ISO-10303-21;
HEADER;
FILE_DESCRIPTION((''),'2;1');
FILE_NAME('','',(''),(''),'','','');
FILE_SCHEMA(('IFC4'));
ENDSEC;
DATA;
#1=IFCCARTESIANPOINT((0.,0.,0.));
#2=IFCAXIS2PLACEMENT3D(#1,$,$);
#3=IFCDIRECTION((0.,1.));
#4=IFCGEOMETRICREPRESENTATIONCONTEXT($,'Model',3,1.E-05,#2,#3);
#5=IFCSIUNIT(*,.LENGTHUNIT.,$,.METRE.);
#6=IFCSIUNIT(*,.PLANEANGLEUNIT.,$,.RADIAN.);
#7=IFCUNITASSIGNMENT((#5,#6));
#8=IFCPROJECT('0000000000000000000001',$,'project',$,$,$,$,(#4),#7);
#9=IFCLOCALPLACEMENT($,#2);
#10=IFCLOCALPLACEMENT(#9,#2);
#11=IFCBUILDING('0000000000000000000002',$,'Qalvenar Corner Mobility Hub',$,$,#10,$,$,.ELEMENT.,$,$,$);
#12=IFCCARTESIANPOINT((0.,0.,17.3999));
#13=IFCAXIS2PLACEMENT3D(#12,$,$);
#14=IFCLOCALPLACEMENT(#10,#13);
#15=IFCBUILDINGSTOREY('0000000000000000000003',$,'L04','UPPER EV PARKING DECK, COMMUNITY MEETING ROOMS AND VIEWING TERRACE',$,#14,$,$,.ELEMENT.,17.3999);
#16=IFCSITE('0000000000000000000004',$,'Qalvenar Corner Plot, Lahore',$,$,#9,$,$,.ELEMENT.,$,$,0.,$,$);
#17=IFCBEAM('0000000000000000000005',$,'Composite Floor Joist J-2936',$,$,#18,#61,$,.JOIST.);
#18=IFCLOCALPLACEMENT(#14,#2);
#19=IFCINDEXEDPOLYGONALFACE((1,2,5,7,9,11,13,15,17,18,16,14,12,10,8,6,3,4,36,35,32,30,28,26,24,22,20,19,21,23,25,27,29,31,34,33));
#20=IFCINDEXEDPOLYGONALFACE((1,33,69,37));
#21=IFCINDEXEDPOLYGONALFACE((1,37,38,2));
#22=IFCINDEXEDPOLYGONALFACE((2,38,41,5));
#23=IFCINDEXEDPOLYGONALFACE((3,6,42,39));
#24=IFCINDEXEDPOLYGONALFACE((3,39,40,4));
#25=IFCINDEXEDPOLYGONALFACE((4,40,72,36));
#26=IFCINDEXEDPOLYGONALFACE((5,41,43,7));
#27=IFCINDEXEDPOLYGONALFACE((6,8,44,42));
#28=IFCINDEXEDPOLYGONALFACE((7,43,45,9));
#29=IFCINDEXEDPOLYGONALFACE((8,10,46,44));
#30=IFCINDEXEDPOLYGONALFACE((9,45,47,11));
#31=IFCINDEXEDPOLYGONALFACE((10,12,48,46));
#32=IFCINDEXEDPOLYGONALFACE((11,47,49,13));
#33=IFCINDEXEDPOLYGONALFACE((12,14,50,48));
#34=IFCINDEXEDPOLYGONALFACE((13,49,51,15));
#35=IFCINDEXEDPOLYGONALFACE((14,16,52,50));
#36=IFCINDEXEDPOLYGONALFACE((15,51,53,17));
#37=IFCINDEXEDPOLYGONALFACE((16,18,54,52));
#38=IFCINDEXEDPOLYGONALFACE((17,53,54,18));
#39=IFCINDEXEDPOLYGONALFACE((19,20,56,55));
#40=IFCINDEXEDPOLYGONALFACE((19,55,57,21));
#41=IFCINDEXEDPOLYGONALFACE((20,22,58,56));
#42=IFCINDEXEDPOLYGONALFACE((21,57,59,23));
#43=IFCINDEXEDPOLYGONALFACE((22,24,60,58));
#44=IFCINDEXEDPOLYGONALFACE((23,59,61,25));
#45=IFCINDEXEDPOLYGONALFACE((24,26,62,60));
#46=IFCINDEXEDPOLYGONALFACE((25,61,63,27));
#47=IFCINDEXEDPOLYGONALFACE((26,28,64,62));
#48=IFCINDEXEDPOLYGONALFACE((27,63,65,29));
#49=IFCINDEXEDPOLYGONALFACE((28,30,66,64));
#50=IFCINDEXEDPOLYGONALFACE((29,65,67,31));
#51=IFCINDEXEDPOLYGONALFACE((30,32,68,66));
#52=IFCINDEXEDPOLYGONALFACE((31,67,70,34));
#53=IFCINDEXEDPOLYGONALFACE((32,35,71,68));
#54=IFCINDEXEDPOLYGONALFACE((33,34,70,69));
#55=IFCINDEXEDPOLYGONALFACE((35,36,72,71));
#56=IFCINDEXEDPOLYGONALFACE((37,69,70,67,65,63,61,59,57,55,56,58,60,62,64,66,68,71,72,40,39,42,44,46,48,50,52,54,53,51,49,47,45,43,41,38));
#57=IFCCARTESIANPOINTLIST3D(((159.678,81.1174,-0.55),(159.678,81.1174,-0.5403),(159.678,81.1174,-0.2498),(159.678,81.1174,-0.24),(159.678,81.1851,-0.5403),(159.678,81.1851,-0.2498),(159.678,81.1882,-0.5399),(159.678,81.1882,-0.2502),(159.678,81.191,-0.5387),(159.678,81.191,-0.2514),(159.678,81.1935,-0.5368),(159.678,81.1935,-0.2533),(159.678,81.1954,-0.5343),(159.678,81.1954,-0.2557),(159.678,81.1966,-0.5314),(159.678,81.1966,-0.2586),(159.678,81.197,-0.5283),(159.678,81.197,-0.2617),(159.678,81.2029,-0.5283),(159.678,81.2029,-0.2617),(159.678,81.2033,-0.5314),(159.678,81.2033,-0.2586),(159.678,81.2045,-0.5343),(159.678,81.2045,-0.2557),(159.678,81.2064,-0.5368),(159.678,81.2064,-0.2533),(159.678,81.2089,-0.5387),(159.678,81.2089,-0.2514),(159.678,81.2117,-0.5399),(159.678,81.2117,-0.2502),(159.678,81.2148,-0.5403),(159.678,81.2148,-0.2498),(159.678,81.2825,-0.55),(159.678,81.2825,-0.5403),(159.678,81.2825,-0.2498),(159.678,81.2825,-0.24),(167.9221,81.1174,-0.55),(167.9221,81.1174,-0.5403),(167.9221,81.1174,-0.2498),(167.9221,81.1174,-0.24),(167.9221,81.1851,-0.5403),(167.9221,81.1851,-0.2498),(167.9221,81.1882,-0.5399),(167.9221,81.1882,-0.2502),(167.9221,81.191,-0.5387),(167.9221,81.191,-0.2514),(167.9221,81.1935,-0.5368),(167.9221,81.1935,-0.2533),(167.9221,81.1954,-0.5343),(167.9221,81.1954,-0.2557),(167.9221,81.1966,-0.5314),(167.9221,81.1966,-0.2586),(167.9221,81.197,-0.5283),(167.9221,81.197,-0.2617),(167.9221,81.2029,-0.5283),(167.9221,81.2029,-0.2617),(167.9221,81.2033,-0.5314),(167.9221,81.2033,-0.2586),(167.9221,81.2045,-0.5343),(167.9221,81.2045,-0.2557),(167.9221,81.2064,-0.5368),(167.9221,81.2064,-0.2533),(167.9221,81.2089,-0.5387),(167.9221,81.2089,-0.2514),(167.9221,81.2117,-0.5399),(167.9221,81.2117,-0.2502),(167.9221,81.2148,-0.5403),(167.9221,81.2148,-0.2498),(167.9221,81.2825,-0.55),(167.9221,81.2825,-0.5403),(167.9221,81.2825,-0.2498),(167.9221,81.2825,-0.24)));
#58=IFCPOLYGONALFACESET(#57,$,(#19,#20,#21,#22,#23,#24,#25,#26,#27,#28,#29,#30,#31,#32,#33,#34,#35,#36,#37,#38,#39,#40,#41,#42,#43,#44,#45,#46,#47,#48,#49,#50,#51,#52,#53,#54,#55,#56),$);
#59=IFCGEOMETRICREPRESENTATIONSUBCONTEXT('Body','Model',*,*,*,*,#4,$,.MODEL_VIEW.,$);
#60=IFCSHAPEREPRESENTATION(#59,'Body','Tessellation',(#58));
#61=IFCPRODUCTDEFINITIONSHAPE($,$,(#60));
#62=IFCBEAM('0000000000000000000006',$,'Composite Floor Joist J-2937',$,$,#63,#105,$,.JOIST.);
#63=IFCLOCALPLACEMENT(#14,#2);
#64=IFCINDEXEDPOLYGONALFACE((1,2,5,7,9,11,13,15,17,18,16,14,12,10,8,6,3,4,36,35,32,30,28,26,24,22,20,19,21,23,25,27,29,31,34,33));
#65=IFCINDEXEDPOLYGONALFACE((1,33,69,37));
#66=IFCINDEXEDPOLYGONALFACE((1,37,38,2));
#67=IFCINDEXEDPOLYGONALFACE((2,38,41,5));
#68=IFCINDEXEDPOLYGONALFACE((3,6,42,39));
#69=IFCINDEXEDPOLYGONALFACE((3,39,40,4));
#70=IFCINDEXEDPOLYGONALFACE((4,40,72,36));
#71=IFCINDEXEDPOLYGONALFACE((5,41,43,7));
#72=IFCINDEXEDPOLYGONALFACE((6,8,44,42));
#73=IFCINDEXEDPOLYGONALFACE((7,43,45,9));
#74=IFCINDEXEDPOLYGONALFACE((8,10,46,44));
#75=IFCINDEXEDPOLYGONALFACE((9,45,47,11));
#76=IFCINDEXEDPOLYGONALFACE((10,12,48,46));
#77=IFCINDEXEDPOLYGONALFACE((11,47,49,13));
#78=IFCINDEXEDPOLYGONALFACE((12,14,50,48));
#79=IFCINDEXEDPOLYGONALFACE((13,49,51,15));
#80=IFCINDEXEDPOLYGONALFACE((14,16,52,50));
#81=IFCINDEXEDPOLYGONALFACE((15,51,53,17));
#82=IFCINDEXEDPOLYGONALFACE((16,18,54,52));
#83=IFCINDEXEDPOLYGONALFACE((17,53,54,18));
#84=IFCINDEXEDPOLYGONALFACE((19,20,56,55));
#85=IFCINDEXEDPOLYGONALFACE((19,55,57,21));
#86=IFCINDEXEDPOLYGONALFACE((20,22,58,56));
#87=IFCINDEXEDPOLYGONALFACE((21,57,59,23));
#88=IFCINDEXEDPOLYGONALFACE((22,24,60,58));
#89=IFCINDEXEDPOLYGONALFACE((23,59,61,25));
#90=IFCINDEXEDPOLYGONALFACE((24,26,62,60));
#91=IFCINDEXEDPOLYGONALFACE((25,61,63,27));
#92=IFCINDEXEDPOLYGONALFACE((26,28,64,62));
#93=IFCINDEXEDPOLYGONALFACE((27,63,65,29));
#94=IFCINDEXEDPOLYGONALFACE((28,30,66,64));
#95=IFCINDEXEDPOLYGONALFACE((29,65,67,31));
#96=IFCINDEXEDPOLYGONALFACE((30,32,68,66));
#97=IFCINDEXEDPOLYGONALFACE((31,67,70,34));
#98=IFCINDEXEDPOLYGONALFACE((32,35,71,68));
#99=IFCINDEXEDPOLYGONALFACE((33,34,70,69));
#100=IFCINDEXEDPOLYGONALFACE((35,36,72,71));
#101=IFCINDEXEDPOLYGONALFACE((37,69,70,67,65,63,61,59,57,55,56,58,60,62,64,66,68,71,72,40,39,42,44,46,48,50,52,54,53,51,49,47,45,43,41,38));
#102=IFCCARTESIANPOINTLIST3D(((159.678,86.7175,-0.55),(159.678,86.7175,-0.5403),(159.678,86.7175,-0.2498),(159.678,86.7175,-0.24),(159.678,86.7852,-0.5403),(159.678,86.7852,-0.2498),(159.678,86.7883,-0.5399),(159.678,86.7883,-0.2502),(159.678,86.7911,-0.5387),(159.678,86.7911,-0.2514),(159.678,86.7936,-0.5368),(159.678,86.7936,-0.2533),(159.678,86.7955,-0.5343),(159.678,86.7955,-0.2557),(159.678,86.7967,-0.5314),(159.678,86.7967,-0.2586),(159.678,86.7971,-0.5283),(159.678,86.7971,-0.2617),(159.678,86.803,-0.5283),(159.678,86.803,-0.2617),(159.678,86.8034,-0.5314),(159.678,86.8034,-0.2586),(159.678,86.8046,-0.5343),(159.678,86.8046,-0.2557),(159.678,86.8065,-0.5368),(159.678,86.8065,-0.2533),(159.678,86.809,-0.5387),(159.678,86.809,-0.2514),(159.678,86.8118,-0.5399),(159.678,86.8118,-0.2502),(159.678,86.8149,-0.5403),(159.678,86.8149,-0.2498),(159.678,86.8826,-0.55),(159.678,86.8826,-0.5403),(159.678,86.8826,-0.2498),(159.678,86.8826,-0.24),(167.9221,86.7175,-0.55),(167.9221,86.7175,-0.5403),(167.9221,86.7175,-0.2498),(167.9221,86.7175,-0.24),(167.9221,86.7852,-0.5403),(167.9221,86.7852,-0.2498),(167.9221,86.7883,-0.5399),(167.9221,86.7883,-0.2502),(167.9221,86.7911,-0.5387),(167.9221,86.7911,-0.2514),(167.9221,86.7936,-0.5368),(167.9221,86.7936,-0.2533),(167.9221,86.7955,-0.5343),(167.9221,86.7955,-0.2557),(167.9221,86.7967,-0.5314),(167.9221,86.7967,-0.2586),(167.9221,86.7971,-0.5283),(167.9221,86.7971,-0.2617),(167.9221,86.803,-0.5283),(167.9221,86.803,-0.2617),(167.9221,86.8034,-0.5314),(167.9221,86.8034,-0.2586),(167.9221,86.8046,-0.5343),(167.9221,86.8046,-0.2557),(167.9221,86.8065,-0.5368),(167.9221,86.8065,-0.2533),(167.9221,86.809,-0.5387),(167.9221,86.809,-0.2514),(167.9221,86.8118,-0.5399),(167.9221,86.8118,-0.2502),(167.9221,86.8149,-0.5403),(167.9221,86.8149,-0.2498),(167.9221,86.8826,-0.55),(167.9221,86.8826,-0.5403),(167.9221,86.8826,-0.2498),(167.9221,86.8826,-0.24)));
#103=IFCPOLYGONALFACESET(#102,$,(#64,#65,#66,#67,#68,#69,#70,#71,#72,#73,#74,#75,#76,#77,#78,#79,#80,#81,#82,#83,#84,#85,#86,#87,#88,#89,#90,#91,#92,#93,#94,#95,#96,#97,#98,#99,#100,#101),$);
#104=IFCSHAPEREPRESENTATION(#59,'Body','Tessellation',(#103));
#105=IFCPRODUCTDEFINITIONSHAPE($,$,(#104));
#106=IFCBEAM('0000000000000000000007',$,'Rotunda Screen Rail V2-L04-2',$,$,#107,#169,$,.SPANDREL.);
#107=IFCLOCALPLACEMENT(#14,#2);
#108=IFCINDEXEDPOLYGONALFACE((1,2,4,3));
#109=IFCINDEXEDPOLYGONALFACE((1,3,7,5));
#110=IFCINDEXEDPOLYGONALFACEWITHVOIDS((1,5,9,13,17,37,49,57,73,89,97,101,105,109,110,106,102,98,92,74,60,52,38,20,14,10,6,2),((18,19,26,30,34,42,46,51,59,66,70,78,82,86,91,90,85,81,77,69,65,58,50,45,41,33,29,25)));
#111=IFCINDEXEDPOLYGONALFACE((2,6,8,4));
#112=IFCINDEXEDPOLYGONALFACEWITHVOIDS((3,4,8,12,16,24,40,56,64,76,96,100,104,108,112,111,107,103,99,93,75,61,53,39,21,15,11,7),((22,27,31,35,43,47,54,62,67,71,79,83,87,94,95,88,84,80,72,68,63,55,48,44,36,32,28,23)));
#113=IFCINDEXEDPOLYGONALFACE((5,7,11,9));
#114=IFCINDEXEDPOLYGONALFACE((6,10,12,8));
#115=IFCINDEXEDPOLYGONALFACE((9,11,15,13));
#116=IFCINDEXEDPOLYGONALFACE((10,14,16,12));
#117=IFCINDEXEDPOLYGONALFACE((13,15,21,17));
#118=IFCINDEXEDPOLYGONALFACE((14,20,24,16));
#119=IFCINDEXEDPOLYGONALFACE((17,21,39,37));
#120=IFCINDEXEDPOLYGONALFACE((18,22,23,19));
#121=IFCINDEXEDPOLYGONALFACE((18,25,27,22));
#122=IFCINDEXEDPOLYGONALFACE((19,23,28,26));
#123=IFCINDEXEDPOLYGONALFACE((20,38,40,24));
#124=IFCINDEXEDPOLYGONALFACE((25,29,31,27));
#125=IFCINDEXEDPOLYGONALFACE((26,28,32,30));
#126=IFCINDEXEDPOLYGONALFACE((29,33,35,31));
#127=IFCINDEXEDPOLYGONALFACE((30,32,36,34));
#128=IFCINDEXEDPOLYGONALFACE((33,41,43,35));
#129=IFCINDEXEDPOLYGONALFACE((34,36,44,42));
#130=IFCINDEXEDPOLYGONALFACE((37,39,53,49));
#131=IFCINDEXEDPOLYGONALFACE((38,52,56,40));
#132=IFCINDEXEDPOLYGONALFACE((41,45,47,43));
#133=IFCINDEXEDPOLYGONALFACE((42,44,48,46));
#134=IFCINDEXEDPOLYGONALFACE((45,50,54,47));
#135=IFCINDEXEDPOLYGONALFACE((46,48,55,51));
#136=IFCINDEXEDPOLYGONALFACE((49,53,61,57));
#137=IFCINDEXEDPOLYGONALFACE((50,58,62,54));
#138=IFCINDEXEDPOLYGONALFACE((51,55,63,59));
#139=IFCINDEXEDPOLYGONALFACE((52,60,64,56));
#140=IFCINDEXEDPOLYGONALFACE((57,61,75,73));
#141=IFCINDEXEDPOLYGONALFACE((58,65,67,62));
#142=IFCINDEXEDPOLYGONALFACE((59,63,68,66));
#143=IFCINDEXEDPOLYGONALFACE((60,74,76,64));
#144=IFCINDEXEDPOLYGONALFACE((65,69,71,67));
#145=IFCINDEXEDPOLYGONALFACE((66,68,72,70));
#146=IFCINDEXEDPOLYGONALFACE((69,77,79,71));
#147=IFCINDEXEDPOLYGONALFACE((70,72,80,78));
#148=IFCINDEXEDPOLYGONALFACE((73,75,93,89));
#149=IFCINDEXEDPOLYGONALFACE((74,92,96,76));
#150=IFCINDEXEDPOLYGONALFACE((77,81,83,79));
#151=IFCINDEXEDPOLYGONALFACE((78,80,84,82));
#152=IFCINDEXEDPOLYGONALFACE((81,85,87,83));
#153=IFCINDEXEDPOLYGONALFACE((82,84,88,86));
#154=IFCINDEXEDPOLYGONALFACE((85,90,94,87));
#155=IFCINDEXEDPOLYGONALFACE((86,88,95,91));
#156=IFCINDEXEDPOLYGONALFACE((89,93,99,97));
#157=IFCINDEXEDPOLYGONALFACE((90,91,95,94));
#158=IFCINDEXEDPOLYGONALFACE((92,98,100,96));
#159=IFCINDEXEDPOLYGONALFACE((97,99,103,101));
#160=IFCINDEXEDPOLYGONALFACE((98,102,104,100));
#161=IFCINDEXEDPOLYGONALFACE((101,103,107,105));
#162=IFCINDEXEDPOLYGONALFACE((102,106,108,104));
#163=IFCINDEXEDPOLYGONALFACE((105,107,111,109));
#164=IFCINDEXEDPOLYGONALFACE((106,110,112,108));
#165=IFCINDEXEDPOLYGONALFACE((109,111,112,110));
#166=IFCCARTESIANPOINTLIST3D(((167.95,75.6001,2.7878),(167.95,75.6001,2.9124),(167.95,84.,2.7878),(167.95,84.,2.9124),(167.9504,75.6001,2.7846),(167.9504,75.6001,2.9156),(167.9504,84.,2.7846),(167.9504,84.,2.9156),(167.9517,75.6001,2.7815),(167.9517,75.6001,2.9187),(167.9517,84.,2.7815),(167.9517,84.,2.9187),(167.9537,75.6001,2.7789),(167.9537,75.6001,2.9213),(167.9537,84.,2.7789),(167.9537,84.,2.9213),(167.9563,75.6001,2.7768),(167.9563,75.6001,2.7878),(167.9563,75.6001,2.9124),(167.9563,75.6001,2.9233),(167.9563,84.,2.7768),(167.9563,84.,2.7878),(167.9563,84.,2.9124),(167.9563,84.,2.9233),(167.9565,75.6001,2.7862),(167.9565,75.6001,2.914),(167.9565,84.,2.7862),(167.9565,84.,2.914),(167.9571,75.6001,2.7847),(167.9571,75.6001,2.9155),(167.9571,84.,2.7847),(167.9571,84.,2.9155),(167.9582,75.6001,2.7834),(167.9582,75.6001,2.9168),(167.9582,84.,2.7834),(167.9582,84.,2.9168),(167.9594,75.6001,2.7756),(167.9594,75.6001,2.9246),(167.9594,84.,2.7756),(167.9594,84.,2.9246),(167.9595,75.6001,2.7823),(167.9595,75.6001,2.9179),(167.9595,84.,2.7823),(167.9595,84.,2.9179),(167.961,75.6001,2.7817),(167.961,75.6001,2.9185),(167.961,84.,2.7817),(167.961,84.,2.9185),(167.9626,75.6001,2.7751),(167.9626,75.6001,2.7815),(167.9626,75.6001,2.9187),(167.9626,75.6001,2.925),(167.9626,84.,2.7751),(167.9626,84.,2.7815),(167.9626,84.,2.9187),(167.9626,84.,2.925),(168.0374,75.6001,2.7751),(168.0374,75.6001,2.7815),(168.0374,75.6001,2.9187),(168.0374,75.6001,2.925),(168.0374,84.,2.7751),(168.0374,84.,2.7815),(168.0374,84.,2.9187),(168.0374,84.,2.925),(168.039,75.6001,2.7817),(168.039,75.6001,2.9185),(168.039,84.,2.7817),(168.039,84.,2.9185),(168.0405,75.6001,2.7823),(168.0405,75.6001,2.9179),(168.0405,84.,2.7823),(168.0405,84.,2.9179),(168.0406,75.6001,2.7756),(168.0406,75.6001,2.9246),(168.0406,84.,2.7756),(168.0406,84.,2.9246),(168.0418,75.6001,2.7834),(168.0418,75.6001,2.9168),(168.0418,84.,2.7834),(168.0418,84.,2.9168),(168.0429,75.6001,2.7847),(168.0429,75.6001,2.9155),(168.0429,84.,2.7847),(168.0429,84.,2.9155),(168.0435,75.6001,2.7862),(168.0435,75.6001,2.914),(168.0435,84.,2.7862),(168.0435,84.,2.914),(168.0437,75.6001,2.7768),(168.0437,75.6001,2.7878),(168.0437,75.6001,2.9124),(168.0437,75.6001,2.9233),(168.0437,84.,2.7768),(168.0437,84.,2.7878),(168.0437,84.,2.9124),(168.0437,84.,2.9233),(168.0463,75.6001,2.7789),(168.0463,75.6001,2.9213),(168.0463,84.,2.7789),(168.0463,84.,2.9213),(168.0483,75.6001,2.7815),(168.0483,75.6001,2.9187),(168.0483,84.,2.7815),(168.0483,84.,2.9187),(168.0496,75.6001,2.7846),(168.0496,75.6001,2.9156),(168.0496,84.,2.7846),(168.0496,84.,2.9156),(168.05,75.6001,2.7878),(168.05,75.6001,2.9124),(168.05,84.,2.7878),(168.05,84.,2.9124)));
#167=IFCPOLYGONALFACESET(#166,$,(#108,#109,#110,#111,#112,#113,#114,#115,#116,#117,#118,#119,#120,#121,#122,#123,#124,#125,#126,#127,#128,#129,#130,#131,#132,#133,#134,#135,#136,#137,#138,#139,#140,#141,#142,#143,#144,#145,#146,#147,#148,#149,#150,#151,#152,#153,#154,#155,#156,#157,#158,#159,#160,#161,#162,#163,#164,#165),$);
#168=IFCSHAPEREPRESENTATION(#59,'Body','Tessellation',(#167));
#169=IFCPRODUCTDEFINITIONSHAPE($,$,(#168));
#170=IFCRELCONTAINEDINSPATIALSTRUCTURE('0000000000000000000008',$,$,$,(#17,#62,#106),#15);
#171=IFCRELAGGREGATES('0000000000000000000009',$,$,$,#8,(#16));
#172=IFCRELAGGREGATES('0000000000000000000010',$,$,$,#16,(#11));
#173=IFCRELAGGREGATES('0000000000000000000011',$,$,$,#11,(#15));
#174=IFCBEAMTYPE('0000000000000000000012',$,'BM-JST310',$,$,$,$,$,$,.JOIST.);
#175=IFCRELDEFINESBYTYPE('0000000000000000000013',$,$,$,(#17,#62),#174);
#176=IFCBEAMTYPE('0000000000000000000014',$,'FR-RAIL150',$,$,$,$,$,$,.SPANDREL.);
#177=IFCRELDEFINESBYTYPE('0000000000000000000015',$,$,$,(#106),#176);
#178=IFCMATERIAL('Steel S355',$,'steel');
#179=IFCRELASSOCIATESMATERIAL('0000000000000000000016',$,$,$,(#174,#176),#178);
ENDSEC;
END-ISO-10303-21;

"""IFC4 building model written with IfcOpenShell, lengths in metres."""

from ifc_helpers import new_model, si_unit, direction, frame, origin, origin_2d, place, context, subcontext, project, spatial, hollow_rectangle, i_section, extrude, material, material_profile, profile_set, type_object, element, save


model = new_model("IFC4")

# Units and contexts
model_context = context("Model", 3, precision=1e-05, world=origin(), true_north=direction((0.0, 1.0)))
body_context = subcontext(model_context, "Body", "Model", "MODEL_VIEW")
ifc_project = project(units=[si_unit("LENGTHUNIT", "METRE"), si_unit("PLANEANGLEUNIT", "RADIAN")], contexts=[model_context])

# Site, building, storey
site_placement = place(None, origin())
site = spatial("IfcSite", under=ifc_project, at=site_placement, Name="Qalvenar Corner Plot, Lahore", CompositionType="ELEMENT", RefElevation=0.0)
building_placement = place(site_placement, origin())
building = spatial("IfcBuilding", under=site, at=building_placement, Name="Qalvenar Corner Mobility Hub", CompositionType="ELEMENT")
storey_placement = place(building_placement, frame((0.0, 0.0, 17.3999)))
storey = spatial("IfcBuildingStorey", under=building, at=storey_placement, Name="L04", Description="UPPER EV PARKING DECK, COMMUNITY MEETING ROOMS AND VIEWING TERRACE", CompositionType="ELEMENT", Elevation=17.3999)

# Shared definitions
ifc_material_1 = material(Name="Steel S355", Category="steel")

# Beams
ifc_material_profile_1 = material_profile(ifc_material_1, i_section(OverallWidth=0.165, OverallDepth=0.3101, WebThickness=0.0059, FlangeThickness=0.0098, FilletRadius=0.012, at=origin_2d()), Name="W310x38.7")
ifc_profile_set_1 = profile_set([ifc_material_profile_1], Name="Steel S355")
beam_type_1 = type_object("IfcBeamType", Name="BM-JST310", PredefinedType="JOIST", material=ifc_profile_set_1)
for number, where, z_axis, x_axis, name in (
    (1, (159.678, 81.2, -0.395), (1.0, 0.0, 0.0), (0.0, 1.0, 0.0), "Composite Floor Joist J-2936"),
    (2, (159.678, 86.8, -0.395), (1.0, 0.0, 0.0), (0.0, 1.0, 0.0), "Composite Floor Joist J-2937"),
):
    element("IfcBeam", number, at=place(storey_placement, frame(where, z_axis=z_axis, x_axis=x_axis)), inside=storey, type_object=beam_type_1, Name=name, PredefinedType="JOIST", context=body_context, shape_type="SweptSolid", body=[
        extrude(i_section(OverallWidth=0.165, OverallDepth=0.3101, WebThickness=0.0059, FlangeThickness=0.0098, FilletRadius=0.012, at=origin_2d()), origin(), (0.0, 0.0, 1.0), 8.2441),
    ])
ifc_material_profile_2 = material_profile(ifc_material_1, hollow_rectangle(XDim=0.1001, YDim=0.1499, WallThickness=0.0063, InnerFilletRadius=0.0063, OuterFilletRadius=0.0127, at=origin_2d()), Name="RHS150x100x6.3")
ifc_profile_set_2 = profile_set([ifc_material_profile_2], Name="Steel S355")
beam_type_2 = type_object("IfcBeamType", Name="FR-RAIL150", PredefinedType="SPANDREL", material=ifc_profile_set_2)
beam_1_placement = place(storey_placement, frame((168.0, 75.6001, 2.8501), z_axis=(0.0, 1.0, 0.0), x_axis=(-1.0, 0.0, 0.0)))
element("IfcBeam", 3, at=beam_1_placement, inside=storey, type_object=beam_type_2, Name="Rotunda Screen Rail V2-L04-2", PredefinedType="SPANDREL", context=body_context, shape_type="SweptSolid", body=[
    extrude(hollow_rectangle(XDim=0.1001, YDim=0.1499, WallThickness=0.0063, InnerFilletRadius=0.0063, OuterFilletRadius=0.0127, at=origin_2d()), origin(), (0.0, 0.0, 1.0), 8.3999),
])

save(model, "model.ifc")
